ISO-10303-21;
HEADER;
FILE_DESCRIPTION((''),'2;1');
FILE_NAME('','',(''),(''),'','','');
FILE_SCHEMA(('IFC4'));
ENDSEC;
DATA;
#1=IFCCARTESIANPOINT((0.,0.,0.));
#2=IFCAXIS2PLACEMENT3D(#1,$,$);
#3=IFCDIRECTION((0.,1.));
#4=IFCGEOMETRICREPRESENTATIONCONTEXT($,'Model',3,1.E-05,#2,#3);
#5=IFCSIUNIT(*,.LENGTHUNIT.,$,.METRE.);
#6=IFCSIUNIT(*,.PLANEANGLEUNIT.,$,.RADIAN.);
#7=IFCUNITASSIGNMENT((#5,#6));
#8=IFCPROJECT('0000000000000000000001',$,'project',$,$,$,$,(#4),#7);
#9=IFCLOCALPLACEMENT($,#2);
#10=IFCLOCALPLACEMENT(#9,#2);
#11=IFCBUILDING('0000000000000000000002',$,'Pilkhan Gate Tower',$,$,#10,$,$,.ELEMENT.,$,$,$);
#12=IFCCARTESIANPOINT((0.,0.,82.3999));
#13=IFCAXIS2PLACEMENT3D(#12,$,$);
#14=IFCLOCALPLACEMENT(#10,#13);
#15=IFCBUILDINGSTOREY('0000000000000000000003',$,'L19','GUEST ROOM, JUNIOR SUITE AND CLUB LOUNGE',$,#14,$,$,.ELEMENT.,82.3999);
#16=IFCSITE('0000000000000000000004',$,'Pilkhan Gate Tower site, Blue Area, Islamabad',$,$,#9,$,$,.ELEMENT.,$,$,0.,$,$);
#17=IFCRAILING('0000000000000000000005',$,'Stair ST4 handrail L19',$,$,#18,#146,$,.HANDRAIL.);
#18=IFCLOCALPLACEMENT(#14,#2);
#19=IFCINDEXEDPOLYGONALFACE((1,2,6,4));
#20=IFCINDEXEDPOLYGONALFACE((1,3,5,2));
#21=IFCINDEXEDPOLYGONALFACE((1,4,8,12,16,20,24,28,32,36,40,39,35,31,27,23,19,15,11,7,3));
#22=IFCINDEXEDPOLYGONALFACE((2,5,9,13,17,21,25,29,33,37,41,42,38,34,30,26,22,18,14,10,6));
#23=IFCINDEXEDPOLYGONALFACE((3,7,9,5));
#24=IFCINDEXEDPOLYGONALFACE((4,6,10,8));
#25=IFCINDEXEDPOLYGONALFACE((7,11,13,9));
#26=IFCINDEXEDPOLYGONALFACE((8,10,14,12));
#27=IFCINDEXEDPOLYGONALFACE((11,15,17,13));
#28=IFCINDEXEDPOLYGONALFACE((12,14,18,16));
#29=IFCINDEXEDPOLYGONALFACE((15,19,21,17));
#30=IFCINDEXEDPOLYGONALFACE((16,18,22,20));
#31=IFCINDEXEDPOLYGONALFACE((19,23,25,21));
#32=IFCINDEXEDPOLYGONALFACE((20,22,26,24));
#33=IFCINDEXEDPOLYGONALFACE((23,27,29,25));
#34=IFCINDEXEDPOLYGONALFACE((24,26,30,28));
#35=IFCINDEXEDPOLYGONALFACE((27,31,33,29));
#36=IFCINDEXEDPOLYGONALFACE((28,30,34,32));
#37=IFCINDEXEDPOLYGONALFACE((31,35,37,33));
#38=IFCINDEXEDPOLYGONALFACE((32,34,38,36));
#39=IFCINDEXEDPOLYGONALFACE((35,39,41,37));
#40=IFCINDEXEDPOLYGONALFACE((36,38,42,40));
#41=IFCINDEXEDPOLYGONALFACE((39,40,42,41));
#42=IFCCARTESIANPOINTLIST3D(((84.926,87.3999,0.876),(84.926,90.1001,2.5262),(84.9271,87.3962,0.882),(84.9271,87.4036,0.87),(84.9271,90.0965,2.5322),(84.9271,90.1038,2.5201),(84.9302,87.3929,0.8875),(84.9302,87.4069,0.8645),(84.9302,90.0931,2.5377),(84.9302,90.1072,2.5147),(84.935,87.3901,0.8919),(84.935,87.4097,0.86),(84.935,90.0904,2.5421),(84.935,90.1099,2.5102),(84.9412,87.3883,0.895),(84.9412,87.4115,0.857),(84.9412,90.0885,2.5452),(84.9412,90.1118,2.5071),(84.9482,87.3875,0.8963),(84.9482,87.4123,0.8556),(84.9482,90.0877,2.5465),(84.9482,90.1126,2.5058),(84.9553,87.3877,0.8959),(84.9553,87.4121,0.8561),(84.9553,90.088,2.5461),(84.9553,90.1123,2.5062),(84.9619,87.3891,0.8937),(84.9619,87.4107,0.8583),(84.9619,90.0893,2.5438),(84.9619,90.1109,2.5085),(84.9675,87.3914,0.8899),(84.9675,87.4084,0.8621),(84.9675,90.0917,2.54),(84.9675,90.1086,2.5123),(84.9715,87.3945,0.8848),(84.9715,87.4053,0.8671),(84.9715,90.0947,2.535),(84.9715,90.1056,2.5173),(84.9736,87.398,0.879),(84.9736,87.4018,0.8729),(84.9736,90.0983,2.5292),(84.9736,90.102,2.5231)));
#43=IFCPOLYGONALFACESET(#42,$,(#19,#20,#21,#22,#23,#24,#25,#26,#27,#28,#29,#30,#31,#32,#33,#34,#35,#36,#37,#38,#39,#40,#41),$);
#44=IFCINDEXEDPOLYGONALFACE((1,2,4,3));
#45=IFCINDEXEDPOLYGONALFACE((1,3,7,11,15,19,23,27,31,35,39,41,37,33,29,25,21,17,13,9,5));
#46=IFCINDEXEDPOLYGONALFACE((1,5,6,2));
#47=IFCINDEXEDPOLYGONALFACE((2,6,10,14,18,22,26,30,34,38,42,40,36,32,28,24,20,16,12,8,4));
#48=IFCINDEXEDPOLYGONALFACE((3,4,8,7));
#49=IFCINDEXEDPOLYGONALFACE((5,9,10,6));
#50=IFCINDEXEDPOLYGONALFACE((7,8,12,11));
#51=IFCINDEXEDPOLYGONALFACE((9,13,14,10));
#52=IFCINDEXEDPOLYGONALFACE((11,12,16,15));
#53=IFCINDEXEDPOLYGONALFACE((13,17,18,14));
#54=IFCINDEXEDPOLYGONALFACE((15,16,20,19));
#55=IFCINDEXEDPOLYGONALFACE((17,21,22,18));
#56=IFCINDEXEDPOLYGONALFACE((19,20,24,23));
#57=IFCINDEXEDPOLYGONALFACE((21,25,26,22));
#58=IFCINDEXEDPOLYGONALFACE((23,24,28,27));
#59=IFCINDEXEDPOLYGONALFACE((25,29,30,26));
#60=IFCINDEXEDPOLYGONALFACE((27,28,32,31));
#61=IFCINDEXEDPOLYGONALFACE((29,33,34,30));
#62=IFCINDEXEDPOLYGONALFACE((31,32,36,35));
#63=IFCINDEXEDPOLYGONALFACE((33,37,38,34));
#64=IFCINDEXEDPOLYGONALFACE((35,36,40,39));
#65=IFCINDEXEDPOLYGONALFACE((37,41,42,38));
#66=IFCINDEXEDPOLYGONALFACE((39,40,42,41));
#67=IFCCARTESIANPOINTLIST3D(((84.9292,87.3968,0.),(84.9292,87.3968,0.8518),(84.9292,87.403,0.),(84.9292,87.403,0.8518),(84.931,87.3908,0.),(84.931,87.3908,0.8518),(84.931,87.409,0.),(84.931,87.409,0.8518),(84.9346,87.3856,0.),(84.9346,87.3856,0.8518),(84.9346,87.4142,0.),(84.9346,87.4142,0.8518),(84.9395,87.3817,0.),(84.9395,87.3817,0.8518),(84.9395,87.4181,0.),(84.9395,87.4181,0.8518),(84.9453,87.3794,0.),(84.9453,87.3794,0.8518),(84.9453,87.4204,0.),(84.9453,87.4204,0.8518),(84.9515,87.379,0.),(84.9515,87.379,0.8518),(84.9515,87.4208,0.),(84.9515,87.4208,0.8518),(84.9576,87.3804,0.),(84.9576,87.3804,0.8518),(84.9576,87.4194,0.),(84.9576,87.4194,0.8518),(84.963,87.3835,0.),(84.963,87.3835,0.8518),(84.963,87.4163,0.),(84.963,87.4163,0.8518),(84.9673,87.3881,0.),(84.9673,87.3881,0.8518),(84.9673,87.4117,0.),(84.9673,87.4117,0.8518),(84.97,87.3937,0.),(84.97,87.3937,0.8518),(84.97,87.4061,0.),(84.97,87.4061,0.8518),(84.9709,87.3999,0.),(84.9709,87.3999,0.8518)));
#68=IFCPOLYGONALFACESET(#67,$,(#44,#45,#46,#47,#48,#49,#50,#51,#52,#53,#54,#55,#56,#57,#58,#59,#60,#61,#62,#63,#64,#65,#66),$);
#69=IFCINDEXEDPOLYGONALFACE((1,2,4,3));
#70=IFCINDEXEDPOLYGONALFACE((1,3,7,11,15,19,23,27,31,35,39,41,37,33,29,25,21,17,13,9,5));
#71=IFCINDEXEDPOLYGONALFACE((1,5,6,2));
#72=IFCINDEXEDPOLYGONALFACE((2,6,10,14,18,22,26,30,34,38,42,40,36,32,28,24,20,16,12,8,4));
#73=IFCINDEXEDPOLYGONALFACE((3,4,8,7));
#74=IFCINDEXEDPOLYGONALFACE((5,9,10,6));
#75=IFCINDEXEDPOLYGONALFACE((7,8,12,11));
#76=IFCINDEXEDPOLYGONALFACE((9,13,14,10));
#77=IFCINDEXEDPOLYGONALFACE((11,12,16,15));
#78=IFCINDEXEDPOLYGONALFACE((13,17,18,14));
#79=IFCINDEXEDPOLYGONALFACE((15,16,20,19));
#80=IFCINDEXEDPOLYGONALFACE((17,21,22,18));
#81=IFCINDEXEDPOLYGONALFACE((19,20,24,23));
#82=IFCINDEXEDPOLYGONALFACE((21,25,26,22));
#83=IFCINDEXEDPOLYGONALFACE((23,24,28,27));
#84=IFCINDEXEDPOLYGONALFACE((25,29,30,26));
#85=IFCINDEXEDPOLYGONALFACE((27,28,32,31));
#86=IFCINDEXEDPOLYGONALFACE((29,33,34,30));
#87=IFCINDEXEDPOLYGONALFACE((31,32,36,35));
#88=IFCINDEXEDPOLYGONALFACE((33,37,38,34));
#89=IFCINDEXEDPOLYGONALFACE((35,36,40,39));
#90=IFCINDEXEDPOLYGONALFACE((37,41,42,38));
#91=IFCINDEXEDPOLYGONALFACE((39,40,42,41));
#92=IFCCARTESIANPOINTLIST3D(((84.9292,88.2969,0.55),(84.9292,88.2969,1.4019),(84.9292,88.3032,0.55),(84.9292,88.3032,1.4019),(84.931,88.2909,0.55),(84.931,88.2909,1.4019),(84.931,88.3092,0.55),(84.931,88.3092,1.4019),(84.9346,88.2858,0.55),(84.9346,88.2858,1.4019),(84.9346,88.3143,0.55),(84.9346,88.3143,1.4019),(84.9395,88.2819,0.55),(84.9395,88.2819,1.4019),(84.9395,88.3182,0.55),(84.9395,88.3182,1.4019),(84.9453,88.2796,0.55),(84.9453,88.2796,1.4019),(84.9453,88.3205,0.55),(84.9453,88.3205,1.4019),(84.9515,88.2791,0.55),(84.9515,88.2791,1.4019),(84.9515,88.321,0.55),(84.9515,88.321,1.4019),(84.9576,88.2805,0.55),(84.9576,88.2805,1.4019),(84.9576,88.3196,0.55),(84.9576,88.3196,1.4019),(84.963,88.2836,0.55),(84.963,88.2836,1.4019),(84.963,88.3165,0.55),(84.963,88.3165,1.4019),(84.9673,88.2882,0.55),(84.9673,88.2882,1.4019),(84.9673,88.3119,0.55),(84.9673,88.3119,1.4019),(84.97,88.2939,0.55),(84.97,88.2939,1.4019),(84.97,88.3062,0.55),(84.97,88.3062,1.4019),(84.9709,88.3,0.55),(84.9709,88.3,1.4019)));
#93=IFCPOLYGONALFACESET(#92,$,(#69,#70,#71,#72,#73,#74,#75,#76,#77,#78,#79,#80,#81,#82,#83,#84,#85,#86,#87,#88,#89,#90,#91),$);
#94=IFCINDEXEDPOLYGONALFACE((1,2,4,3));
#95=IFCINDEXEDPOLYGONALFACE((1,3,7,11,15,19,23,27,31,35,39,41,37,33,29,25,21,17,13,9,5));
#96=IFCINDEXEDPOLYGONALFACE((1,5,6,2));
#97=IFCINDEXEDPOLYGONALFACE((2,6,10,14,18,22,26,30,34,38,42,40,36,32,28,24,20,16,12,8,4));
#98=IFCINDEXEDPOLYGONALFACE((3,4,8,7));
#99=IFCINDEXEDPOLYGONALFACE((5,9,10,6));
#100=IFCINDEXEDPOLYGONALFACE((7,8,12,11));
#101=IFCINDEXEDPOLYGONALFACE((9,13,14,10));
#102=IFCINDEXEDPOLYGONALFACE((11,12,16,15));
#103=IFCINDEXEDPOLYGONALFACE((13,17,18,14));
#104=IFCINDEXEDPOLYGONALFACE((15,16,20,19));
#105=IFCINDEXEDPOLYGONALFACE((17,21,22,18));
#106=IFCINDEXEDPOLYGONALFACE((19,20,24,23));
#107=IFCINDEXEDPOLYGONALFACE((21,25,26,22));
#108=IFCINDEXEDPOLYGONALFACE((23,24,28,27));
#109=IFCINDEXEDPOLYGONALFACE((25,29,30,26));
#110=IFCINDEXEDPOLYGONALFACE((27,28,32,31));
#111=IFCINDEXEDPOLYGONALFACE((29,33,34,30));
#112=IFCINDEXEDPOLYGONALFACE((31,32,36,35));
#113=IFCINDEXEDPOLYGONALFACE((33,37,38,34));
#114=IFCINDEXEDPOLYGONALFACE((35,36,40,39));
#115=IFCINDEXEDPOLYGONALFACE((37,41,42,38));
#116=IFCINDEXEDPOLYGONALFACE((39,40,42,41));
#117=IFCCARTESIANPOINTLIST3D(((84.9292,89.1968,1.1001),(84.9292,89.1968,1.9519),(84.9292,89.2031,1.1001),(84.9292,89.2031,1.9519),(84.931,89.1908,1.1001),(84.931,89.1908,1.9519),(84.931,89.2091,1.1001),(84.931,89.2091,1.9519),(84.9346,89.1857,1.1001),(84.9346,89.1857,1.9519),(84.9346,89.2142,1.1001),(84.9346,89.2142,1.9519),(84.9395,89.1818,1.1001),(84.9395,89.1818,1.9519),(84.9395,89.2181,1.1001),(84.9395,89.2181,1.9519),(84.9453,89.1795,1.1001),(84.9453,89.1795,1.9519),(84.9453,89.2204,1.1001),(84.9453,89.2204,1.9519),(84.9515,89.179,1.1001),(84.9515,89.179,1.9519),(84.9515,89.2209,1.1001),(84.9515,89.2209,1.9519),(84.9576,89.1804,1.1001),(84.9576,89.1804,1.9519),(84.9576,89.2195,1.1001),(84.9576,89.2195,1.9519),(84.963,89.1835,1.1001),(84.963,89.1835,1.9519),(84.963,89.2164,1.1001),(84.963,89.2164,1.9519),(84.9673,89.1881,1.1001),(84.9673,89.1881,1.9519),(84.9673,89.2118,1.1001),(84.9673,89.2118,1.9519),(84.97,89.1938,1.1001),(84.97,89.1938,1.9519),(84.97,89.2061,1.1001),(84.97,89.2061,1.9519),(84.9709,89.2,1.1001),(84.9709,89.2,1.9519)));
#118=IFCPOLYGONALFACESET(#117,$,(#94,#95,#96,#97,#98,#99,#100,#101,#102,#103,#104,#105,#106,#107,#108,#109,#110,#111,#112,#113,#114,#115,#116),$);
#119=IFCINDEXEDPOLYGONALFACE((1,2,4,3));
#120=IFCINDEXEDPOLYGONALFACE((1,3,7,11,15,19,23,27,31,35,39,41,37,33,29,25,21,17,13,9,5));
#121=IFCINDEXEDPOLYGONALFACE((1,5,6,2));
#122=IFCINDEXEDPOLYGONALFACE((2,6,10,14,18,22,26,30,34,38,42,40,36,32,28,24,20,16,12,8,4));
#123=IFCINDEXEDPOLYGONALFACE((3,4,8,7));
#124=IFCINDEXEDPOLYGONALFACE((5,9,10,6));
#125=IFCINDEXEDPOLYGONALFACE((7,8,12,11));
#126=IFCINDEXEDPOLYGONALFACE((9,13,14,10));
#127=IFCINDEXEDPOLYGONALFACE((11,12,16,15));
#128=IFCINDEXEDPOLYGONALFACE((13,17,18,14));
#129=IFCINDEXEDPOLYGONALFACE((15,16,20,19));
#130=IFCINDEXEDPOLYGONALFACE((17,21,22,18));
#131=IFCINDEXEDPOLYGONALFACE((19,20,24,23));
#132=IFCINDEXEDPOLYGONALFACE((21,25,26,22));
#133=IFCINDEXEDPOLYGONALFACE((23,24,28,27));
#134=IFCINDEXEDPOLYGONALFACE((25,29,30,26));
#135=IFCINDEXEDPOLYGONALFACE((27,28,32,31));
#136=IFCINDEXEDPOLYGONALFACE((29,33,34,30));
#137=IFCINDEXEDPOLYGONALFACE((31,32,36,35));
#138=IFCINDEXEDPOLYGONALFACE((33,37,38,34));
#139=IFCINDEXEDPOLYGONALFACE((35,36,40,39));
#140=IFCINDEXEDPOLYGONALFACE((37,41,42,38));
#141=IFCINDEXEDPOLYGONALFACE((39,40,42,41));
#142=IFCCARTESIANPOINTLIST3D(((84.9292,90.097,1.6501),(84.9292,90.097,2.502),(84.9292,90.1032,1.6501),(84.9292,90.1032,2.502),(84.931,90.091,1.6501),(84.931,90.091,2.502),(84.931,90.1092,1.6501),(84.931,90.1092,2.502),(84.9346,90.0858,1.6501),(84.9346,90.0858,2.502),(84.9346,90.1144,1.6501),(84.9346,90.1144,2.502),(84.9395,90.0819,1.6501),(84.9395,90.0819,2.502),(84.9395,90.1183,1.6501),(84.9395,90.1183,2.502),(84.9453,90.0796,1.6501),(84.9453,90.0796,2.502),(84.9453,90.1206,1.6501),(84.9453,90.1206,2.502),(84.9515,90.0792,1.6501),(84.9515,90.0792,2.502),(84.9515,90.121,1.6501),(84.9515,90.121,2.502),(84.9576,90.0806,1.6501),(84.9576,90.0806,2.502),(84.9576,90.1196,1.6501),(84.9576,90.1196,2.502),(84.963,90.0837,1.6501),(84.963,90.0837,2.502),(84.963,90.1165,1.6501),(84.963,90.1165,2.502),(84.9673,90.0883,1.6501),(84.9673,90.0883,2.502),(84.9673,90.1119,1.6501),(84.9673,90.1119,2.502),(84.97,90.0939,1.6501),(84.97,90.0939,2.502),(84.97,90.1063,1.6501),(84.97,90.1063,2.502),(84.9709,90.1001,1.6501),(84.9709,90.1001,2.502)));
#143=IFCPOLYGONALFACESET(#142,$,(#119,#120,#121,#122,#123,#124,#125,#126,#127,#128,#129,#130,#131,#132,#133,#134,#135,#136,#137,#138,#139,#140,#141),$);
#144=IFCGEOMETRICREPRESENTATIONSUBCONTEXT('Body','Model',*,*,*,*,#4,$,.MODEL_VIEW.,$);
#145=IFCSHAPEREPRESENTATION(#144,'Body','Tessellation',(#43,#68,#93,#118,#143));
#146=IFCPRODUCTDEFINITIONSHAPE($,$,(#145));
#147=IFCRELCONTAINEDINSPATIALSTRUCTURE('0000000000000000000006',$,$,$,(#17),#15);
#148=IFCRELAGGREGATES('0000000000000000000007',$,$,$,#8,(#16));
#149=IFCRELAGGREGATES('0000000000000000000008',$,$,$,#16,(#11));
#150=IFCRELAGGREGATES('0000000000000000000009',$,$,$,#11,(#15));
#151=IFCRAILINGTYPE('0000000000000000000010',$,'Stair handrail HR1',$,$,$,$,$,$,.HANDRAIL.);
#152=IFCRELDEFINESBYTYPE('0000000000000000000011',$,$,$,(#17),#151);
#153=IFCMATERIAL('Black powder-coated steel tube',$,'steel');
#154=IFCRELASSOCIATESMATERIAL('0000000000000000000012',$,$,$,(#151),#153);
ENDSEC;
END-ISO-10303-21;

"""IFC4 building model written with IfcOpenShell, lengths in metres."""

from ifc_helpers import new_model, si_unit, direction, frame, origin, origin_2d, place, context, subcontext, project, spatial, circle, extrude, material, type_object, element, save


model = new_model("IFC4")

# Units and contexts
model_context = context("Model", 3, precision=1e-05, world=origin(), true_north=direction((0.0, 1.0)))
body_context = subcontext(model_context, "Body", "Model", "MODEL_VIEW")
ifc_project = project(units=[si_unit("LENGTHUNIT", "METRE"), si_unit("PLANEANGLEUNIT", "RADIAN")], contexts=[model_context])

# Site, building, storey
site_placement = place(None, origin())
site = spatial("IfcSite", under=ifc_project, at=site_placement, Name="Pilkhan Gate Tower site, Blue Area, Islamabad", CompositionType="ELEMENT", RefElevation=0.0)
building_placement = place(site_placement, origin())
building = spatial("IfcBuilding", under=site, at=building_placement, Name="Pilkhan Gate Tower", CompositionType="ELEMENT")
storey_placement = place(building_placement, frame((0.0, 0.0, 82.3999)))
storey = spatial("IfcBuildingStorey", under=building, at=storey_placement, Name="L19", Description="GUEST ROOM, JUNIOR SUITE AND CLUB LOUNGE", CompositionType="ELEMENT", Elevation=82.3999)

# Railing
ifc_material_1 = material(Name="Black powder-coated steel tube", Category="steel")
railing_type_1 = type_object("IfcRailingType", Name="Stair handrail HR1", PredefinedType="HANDRAIL", material=ifc_material_1)
railing_placement = place(storey_placement, frame((84.95, 87.3999, 0.0)))
element("IfcRailing", 1, at=railing_placement, inside=storey, type_object=railing_type_1, Name="Stair ST4 handrail L19", PredefinedType="HANDRAIL", context=body_context, shape_type="SweptSolid", body=[
    extrude(circle(Radius=0.0239, at=origin_2d()), frame((0.0, 0.0, 0.876), z_axis=(0.0, 0.853278, 0.521456), x_axis=(-1.0, 0.0, 0.0)), (0.0, 0.0, 1.0), 3.1646),
    extrude(circle(Radius=0.021, at=origin_2d()), origin(), (0.0, 0.0, 1.0), 0.8518),
    extrude(circle(Radius=0.021, at=origin_2d()), frame((0.0, 0.9001, 0.55)), (0.0, 0.0, 1.0), 0.8518),
    extrude(circle(Radius=0.021, at=origin_2d()), frame((0.0, 1.8, 1.1001)), (0.0, 0.0, 1.0), 0.8518),
    extrude(circle(Radius=0.021, at=origin_2d()), frame((0.0, 2.7002, 1.6501)), (0.0, 0.0, 1.0), 0.8518),
])

save(model, "model.ifc")
